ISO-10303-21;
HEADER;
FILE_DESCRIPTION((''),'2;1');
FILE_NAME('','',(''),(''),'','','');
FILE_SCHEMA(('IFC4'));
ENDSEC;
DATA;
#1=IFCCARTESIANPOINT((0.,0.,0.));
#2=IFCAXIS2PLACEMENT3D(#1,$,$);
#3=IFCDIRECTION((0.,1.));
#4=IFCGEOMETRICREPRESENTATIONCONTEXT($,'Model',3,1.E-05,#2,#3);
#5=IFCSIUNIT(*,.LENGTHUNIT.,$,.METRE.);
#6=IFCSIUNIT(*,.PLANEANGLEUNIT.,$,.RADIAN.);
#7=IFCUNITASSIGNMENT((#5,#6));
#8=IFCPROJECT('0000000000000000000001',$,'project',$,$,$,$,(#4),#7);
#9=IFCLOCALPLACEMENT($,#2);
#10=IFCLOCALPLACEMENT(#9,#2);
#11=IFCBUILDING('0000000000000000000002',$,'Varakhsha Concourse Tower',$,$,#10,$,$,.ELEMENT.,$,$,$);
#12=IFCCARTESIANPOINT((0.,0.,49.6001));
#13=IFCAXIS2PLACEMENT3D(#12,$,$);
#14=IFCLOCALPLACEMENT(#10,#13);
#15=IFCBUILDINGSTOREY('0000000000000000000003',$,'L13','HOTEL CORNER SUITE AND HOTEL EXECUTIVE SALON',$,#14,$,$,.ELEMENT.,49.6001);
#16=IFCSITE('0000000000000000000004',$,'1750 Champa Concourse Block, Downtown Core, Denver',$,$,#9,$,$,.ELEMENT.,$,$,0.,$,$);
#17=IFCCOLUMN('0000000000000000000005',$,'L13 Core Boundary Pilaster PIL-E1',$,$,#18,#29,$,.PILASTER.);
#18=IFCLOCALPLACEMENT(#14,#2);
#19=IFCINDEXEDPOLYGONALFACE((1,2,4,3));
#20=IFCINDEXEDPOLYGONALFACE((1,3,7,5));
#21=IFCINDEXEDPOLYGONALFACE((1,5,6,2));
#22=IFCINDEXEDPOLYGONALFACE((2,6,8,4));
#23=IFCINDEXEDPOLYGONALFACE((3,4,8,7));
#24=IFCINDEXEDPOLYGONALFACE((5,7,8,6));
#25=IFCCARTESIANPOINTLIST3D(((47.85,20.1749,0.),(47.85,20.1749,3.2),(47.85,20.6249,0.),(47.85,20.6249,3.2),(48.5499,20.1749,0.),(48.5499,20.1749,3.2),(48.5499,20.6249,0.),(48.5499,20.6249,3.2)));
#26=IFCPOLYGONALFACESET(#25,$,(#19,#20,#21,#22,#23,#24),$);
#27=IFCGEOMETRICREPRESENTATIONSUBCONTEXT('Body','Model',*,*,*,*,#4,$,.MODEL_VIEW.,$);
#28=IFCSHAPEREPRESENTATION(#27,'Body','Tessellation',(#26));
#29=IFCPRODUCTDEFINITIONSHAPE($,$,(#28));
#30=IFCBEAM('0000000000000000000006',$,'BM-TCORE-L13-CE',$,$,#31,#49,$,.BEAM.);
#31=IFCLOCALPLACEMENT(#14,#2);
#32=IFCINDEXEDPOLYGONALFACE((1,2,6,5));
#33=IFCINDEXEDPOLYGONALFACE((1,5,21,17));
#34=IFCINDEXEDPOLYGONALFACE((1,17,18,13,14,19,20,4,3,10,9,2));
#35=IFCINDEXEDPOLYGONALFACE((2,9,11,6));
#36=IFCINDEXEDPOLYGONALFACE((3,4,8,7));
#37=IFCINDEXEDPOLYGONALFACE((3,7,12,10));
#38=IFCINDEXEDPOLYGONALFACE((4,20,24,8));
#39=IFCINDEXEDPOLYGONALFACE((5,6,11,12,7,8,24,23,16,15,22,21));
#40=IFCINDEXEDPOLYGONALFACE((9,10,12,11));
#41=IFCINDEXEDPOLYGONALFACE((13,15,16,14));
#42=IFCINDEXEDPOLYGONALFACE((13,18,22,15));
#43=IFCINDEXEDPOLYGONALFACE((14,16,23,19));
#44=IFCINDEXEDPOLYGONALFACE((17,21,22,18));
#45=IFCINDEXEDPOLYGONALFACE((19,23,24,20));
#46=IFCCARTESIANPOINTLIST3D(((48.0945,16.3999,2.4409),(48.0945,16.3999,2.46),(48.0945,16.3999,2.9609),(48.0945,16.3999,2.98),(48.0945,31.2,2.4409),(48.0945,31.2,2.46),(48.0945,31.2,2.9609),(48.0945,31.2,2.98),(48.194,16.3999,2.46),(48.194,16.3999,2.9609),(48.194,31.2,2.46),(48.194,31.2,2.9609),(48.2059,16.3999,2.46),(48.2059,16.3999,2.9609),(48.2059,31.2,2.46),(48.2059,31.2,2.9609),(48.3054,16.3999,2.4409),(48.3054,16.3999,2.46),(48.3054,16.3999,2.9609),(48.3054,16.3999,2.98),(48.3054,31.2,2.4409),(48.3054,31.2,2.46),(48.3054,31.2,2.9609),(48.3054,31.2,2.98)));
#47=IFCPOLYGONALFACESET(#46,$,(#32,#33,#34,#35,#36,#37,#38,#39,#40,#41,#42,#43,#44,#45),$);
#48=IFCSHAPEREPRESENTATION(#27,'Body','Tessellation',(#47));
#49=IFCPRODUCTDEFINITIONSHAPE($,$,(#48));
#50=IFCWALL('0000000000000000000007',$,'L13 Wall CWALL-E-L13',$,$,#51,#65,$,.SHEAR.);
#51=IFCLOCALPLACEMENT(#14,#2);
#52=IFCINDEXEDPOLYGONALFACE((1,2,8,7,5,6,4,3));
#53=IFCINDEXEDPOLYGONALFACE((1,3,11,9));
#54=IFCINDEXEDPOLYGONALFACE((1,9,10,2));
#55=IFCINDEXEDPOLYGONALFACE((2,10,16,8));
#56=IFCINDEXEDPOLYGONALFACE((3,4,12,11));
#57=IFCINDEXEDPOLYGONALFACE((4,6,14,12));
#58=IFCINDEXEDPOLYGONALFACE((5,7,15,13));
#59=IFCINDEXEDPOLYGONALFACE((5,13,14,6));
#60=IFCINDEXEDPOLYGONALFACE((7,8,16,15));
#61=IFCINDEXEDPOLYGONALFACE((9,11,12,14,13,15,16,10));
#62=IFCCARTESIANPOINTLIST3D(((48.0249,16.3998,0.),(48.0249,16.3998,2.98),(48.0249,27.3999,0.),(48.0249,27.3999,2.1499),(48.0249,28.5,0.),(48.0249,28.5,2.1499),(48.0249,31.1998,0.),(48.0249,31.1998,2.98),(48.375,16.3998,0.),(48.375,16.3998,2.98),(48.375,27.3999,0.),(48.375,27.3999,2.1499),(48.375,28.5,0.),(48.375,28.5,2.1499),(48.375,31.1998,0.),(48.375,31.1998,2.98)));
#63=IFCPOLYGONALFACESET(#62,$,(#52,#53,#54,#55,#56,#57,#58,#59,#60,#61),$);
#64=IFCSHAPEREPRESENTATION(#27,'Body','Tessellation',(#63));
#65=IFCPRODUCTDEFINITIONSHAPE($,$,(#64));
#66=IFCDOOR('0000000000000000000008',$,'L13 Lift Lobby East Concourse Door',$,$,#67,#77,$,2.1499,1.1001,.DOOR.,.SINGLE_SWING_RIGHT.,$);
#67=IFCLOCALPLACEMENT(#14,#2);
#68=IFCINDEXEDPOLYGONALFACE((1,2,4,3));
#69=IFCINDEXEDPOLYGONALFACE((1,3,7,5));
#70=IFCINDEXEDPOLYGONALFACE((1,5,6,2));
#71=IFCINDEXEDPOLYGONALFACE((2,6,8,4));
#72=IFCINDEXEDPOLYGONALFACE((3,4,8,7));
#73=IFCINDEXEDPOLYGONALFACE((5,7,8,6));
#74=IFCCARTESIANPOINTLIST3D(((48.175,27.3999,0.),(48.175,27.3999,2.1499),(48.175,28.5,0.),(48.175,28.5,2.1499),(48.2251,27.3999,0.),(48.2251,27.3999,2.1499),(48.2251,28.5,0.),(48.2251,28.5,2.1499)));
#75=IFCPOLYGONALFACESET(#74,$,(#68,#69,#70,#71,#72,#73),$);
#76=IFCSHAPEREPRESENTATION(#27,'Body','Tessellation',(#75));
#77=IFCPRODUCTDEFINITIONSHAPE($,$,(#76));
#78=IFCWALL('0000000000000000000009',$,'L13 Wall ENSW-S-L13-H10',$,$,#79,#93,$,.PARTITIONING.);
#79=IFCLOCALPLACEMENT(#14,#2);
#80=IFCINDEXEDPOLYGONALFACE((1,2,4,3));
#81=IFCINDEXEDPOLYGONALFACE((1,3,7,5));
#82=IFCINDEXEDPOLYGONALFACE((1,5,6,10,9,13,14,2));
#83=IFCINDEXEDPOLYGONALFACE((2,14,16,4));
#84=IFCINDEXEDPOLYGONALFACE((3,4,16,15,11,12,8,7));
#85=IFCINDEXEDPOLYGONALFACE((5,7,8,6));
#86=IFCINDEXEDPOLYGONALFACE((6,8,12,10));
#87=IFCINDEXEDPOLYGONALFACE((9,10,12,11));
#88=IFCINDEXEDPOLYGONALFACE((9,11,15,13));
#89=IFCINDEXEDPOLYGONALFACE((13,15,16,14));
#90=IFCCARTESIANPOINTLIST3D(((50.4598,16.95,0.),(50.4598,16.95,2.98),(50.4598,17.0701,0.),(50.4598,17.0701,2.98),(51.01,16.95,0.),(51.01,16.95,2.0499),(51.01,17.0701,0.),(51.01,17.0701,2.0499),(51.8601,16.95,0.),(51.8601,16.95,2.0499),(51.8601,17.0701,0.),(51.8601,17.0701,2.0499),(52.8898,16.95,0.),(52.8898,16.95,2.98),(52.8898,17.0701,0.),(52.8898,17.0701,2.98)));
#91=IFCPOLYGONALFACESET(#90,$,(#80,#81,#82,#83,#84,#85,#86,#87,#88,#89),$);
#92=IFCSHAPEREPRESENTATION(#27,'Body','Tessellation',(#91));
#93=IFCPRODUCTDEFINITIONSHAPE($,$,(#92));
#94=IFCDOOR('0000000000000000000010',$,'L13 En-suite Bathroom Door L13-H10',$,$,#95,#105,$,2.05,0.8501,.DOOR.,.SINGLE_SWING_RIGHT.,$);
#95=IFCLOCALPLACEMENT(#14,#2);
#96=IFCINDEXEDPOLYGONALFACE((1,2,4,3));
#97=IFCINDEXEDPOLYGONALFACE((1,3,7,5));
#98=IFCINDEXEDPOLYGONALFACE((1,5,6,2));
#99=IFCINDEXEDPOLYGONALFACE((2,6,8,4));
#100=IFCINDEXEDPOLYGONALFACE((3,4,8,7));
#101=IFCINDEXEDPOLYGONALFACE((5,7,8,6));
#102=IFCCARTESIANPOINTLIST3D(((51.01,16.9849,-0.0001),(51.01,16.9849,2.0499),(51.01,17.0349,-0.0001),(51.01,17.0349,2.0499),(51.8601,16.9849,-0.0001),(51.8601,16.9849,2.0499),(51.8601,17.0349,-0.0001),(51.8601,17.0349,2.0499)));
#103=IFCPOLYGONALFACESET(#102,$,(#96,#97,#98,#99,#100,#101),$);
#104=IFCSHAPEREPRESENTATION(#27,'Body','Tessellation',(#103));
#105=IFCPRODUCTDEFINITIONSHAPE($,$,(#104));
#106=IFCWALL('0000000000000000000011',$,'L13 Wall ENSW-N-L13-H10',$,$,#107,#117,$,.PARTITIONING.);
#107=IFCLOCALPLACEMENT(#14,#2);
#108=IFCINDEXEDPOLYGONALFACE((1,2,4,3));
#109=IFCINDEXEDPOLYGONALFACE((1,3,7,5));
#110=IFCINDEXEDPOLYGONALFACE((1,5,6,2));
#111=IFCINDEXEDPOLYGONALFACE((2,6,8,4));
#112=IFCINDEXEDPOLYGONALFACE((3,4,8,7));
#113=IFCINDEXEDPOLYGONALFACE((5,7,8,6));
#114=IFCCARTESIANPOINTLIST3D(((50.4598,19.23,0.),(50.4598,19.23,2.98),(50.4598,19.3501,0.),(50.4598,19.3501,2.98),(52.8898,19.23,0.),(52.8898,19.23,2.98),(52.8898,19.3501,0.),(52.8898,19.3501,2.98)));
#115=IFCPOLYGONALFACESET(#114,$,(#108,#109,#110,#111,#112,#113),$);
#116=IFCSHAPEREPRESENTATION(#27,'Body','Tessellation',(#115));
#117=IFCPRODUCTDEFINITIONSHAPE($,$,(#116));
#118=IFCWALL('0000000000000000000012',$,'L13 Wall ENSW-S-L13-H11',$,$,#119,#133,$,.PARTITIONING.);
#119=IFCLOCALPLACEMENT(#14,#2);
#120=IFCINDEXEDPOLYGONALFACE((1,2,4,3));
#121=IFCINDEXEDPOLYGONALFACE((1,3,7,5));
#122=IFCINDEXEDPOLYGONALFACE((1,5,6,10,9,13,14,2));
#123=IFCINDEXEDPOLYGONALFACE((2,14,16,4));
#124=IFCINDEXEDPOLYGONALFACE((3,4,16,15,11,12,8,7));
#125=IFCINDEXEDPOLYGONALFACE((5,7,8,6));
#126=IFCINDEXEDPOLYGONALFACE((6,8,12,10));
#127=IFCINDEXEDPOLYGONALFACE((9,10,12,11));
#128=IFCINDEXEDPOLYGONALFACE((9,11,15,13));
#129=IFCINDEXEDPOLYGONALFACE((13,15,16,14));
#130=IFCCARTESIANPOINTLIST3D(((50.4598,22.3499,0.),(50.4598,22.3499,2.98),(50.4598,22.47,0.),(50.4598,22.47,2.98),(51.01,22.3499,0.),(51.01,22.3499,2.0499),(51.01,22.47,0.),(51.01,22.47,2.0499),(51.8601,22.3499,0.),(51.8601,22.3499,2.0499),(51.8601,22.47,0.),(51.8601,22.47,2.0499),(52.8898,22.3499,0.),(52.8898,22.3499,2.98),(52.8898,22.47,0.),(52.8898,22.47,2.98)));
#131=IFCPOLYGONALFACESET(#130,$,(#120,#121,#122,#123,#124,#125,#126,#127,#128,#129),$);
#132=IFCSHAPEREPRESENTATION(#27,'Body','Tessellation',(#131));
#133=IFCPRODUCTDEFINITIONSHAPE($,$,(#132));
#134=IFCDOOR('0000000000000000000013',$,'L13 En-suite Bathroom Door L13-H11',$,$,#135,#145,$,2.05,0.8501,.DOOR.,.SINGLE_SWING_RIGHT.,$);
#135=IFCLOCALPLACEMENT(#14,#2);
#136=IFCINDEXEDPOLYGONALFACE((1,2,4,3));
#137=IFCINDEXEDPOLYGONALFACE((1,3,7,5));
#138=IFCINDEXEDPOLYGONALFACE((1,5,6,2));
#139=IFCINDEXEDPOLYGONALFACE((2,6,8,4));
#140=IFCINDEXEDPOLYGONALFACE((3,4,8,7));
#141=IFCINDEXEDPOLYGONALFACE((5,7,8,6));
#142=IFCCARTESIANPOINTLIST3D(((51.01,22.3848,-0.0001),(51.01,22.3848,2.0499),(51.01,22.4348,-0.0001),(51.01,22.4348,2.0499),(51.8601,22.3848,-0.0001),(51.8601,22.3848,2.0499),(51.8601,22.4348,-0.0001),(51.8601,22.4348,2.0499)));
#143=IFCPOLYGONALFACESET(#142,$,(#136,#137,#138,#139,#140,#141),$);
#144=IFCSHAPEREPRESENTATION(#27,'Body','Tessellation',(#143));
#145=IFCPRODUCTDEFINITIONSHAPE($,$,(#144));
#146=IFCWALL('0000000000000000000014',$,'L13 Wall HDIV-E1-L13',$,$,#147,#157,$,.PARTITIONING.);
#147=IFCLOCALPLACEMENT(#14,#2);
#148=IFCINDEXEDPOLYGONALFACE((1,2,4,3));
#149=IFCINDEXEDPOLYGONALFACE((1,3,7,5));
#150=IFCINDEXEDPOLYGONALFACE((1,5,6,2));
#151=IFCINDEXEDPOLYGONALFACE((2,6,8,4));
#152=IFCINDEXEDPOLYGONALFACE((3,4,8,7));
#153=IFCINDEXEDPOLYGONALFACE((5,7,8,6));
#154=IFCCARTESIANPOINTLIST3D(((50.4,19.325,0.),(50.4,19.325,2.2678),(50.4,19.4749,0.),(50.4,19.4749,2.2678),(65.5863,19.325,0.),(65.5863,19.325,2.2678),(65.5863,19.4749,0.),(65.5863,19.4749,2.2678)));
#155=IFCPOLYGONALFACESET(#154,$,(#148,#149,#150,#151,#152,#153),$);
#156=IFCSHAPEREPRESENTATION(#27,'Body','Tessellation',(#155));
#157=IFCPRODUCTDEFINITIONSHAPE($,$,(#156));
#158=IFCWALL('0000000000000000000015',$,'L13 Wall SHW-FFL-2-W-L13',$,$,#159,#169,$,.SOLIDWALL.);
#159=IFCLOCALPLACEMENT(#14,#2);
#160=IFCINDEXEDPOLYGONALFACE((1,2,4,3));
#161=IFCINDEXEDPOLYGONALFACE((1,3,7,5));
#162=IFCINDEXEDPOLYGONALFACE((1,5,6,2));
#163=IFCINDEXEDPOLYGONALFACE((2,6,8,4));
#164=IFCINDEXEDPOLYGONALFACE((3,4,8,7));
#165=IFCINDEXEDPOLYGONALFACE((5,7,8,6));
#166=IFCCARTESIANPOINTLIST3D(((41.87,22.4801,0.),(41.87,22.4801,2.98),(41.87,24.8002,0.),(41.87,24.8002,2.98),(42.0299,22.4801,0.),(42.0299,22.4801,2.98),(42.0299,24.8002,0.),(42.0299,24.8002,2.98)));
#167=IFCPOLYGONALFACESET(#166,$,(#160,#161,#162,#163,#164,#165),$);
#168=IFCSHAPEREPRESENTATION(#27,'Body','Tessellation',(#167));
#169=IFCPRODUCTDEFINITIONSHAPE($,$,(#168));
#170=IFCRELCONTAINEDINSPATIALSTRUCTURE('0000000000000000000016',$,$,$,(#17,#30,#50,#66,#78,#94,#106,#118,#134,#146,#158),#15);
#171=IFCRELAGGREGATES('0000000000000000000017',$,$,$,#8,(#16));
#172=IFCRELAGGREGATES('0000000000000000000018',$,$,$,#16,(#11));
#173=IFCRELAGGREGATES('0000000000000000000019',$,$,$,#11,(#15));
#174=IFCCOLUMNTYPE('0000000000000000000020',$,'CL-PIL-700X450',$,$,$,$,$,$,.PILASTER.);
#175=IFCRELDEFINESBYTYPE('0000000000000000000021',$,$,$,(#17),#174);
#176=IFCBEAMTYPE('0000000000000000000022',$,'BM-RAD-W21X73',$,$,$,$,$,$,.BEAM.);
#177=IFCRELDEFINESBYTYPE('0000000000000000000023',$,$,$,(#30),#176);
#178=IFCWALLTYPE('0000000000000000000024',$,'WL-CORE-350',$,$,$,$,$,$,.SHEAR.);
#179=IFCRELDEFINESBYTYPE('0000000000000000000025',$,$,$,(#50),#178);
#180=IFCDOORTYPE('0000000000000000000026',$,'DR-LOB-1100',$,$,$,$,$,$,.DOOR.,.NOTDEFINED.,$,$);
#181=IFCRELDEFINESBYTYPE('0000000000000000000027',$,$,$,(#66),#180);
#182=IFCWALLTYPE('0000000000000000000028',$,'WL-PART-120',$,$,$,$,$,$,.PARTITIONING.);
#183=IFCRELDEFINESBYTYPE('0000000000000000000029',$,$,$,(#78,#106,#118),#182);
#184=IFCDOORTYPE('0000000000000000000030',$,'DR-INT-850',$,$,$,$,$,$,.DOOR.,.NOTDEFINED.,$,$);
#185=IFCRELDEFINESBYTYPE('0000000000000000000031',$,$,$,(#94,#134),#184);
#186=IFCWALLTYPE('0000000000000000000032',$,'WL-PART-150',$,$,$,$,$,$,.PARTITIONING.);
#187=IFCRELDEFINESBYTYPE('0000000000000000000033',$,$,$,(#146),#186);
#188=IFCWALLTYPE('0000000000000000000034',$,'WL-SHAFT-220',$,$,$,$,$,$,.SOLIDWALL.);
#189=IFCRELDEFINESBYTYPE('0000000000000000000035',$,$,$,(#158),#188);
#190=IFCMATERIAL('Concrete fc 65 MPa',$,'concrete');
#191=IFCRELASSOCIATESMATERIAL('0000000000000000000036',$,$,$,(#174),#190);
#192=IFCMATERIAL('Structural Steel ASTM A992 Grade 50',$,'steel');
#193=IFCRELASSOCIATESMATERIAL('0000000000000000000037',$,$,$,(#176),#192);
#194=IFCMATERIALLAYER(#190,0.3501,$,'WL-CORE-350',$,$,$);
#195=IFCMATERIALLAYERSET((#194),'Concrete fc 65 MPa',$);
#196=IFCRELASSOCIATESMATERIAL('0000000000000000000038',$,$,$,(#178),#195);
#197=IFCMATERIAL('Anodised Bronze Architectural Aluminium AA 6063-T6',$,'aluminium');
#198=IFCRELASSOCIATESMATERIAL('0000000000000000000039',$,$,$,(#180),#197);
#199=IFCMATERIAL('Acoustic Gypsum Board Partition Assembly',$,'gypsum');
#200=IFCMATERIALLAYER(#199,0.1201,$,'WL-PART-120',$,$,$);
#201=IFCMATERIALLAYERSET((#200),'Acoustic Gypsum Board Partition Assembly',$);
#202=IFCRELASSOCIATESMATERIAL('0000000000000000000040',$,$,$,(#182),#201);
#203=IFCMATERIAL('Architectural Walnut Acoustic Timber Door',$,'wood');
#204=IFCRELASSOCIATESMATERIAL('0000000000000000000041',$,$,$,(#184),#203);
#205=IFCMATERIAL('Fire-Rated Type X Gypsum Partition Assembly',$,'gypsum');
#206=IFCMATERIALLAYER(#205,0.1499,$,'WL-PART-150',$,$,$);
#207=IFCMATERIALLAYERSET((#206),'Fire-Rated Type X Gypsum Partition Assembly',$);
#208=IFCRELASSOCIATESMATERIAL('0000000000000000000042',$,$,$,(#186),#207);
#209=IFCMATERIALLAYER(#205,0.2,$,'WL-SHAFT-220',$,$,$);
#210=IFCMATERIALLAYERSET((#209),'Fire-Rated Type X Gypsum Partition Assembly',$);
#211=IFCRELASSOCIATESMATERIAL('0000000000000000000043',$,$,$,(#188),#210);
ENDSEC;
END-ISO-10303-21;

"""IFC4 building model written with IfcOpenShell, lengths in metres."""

from ifc_helpers import new_model, si_unit, direction, frame, frame_2d, origin, origin_2d, place, context, subcontext, project, spatial, rectangle, i_section, extrude, material, layer, layer_set, material_profile, profile_set, type_object, element, fill, save


model = new_model("IFC4")

# Units and contexts
model_context = context("Model", 3, precision=1e-05, world=origin(), true_north=direction((0.0, 1.0)))
body_context = subcontext(model_context, "Body", "Model", "MODEL_VIEW")
ifc_project = project(units=[si_unit("LENGTHUNIT", "METRE"), si_unit("PLANEANGLEUNIT", "RADIAN")], contexts=[model_context])

# Site, building, storey
site_placement = place(None, origin())
site = spatial("IfcSite", under=ifc_project, at=site_placement, Name="1750 Champa Concourse Block, Downtown Core, Denver", CompositionType="ELEMENT", RefElevation=0.0)
building_placement = place(site_placement, origin())
building = spatial("IfcBuilding", under=site, at=building_placement, Name="Varakhsha Concourse Tower", CompositionType="ELEMENT")
storey_placement = place(building_placement, frame((0.0, 0.0, 49.6001)))
storey = spatial("IfcBuildingStorey", under=building, at=storey_placement, Name="L13", Description="HOTEL CORNER SUITE AND HOTEL EXECUTIVE SALON", CompositionType="ELEMENT", Elevation=49.6001)

# Column
ifc_material_1 = material(Name="Concrete fc 65 MPa", Category="concrete")
ifc_material_profile_1 = material_profile(ifc_material_1, rectangle(XDim=0.7, YDim=0.45, at=origin_2d()), Name="RC 700x450")
ifc_profile_set_1 = profile_set([ifc_material_profile_1], Name="Concrete fc 65 MPa")
column_type = type_object("IfcColumnType", Name="CL-PIL-700X450", PredefinedType="PILASTER", material=ifc_profile_set_1)
column_placement = place(storey_placement, frame((48.2, 20.3999, 0.0), z_axis=(0.0, 0.0, 1.0), x_axis=(1.0, 0.0, 0.0)))
element("IfcColumn", 1, at=column_placement, inside=storey, type_object=column_type, Name="L13 Core Boundary Pilaster PIL-E1", PredefinedType="PILASTER", context=body_context, shape_type="SweptSolid", body=[
    extrude(rectangle(XDim=0.7, YDim=0.45, at=origin_2d()), origin(), (0.0, 0.0, 1.0), 3.2),
])

# Beam
ifc_material_2 = material(Name="Structural Steel ASTM A992 Grade 50", Category="steel")
ifc_material_profile_2 = material_profile(ifc_material_2, i_section(OverallWidth=0.2109, OverallDepth=0.5391, WebThickness=0.012, FlangeThickness=0.019, at=origin_2d()), Name="W21X73")
ifc_profile_set_2 = profile_set([ifc_material_profile_2], Name="Structural Steel ASTM A992 Grade 50")
beam_type = type_object("IfcBeamType", Name="BM-RAD-W21X73", PredefinedType="BEAM", material=ifc_profile_set_2)
beam_placement = place(storey_placement, frame((48.2, 16.3999, 2.7104), z_axis=(0.0, 1.0, 0.0), x_axis=(-1.0, 0.0, 0.0)))
element("IfcBeam", 2, at=beam_placement, inside=storey, type_object=beam_type, Name="BM-TCORE-L13-CE", PredefinedType="BEAM", context=body_context, shape_type="SweptSolid", body=[
    extrude(i_section(OverallWidth=0.2109, OverallDepth=0.5391, WebThickness=0.012, FlangeThickness=0.019, at=origin_2d()), origin(), (0.0, 0.0, 1.0), 14.8),
])

# Walls, openings, doors
ifc_layer_1 = layer(ifc_material_1, 0.3501, Name="WL-CORE-350")
ifc_layer_set_1 = layer_set([ifc_layer_1], Name="Concrete fc 65 MPa")
wall_type_1 = type_object("IfcWallType", Name="WL-CORE-350", PredefinedType="SHEAR", material=ifc_layer_set_1)
wall_1_placement = place(storey_placement, frame((48.2, 16.3999, 0.0), z_axis=(0.0, 0.0, 1.0), x_axis=(0.0, 1.0, 0.0)))
wall_1 = element("IfcWall", 3, at=wall_1_placement, inside=storey, type_object=wall_type_1, Name="L13 Wall CWALL-E-L13", PredefinedType="SHEAR", context=body_context, shape_type="SweptSolid", body=[
    extrude(rectangle(XDim=14.8, YDim=0.3501, at=frame_2d((7.3999, 0.0))), origin(), (0.0, 0.0, 1.0), 2.98),
])
opening_1_placement = place(wall_1_placement, frame((11.0, 0.0, 0.0)))
opening_1 = element("IfcOpeningElement", 4, at=opening_1_placement, cuts=wall_1, PredefinedType="OPENING", context=body_context, shape_type="SweptSolid", body=[
    extrude(rectangle(XDim=1.1001, YDim=2.1499, at=frame_2d((0.55, 1.075))), frame((0.0, 0.1851, 0.0), z_axis=(0.0, -1.0, 0.0), x_axis=(1.0, 0.0, 0.0)), (0.0, 0.0, 1.0), 0.3701),
])
ifc_material_3 = material(Name="Anodised Bronze Architectural Aluminium AA 6063-T6", Category="aluminium")
door_type_1 = type_object("IfcDoorType", Name="DR-LOB-1100", OperationType="NOTDEFINED", PredefinedType="DOOR", material=ifc_material_3)
door_1_placement = place(opening_1_placement, origin())
door_1 = element("IfcDoor", 5, at=door_1_placement, inside=storey, type_object=door_type_1, Name="L13 Lift Lobby East Concourse Door", OperationType="SINGLE_SWING_RIGHT", OverallHeight=2.1499, OverallWidth=1.1001, PredefinedType="DOOR", context=body_context, shape_type="SweptSolid", body=[
    extrude(rectangle(XDim=1.1001, YDim=2.1499, at=frame_2d((0.55, 1.075))), frame((0.0, 0.0249, 0.0), z_axis=(0.0, -1.0, 0.0), x_axis=(1.0, 0.0, 0.0)), (0.0, 0.0, 1.0), 0.05),
])
fill(opening_1, door_1)
ifc_material_4 = material(Name="Acoustic Gypsum Board Partition Assembly", Category="gypsum")
ifc_layer_2 = layer(ifc_material_4, 0.1201, Name="WL-PART-120")
ifc_layer_set_2 = layer_set([ifc_layer_2], Name="Acoustic Gypsum Board Partition Assembly")
wall_type_2 = type_object("IfcWallType", Name="WL-PART-120", PredefinedType="PARTITIONING", material=ifc_layer_set_2)
wall_2_placement = place(storey_placement, frame((50.46, 17.01, 0.0), z_axis=(0.0, 0.0, 1.0), x_axis=(1.0, 0.0, 0.0)))
wall_2 = element("IfcWall", 6, at=wall_2_placement, inside=storey, type_object=wall_type_2, Name="L13 Wall ENSW-S-L13-H10", PredefinedType="PARTITIONING", context=body_context, shape_type="SweptSolid", body=[
    extrude(rectangle(XDim=2.4299, YDim=0.1201, at=frame_2d((1.2148, 0.0))), origin(), (0.0, 0.0, 1.0), 2.98),
])
opening_2_placement = place(wall_2_placement, frame((0.55, 0.0, 0.0)))
opening_2 = element("IfcOpeningElement", 7, at=opening_2_placement, cuts=wall_2, PredefinedType="OPENING", context=body_context, shape_type="SweptSolid", body=[
    extrude(rectangle(XDim=0.8501, YDim=2.05, at=frame_2d((0.425, 1.0249))), frame((0.0, 0.0701, 0.0), z_axis=(0.0, -1.0, 0.0), x_axis=(1.0, 0.0, 0.0)), (0.0, 0.0, 1.0), 0.1401),
])
ifc_material_5 = material(Name="Architectural Walnut Acoustic Timber Door", Category="wood")
door_type_2 = type_object("IfcDoorType", Name="DR-INT-850", OperationType="NOTDEFINED", PredefinedType="DOOR", material=ifc_material_5)
door_2_placement = place(opening_2_placement, origin())
door_2 = element("IfcDoor", 8, at=door_2_placement, inside=storey, type_object=door_type_2, Name="L13 En-suite Bathroom Door L13-H10", OperationType="SINGLE_SWING_RIGHT", OverallHeight=2.05, OverallWidth=0.8501, PredefinedType="DOOR", context=body_context, shape_type="SweptSolid", body=[
    extrude(rectangle(XDim=0.8501, YDim=2.05, at=frame_2d((0.425, 1.0249))), frame((0.0, 0.0249, 0.0), z_axis=(0.0, -1.0, 0.0), x_axis=(1.0, 0.0, 0.0)), (0.0, 0.0, 1.0), 0.05),
])
fill(opening_2, door_2)

# Wall
wall_3_placement = place(storey_placement, frame((50.46, 19.29, 0.0), z_axis=(0.0, 0.0, 1.0), x_axis=(1.0, 0.0, 0.0)))
element("IfcWall", 9, at=wall_3_placement, inside=storey, type_object=wall_type_2, Name="L13 Wall ENSW-N-L13-H10", PredefinedType="PARTITIONING", context=body_context, shape_type="SweptSolid", body=[
    extrude(rectangle(XDim=2.4299, YDim=0.1201, at=frame_2d((1.2148, 0.0))), origin(), (0.0, 0.0, 1.0), 2.98),
])

# Wall, opening, door
wall_4_placement = place(storey_placement, frame((50.46, 22.4099, 0.0), z_axis=(0.0, 0.0, 1.0), x_axis=(1.0, 0.0, 0.0)))
wall_4 = element("IfcWall", 10, at=wall_4_placement, inside=storey, type_object=wall_type_2, Name="L13 Wall ENSW-S-L13-H11", PredefinedType="PARTITIONING", context=body_context, shape_type="SweptSolid", body=[
    extrude(rectangle(XDim=2.4299, YDim=0.1201, at=frame_2d((1.2148, 0.0))), origin(), (0.0, 0.0, 1.0), 2.98),
])
opening_3_placement = place(wall_4_placement, frame((0.55, 0.0, 0.0)))
opening_3 = element("IfcOpeningElement", 11, at=opening_3_placement, cuts=wall_4, PredefinedType="OPENING", context=body_context, shape_type="SweptSolid", body=[
    extrude(rectangle(XDim=0.8501, YDim=2.05, at=frame_2d((0.425, 1.0249))), frame((0.0, 0.0701, 0.0), z_axis=(0.0, -1.0, 0.0), x_axis=(1.0, 0.0, 0.0)), (0.0, 0.0, 1.0), 0.1401),
])
door_3_placement = place(opening_3_placement, origin())
door_3 = element("IfcDoor", 12, at=door_3_placement, inside=storey, type_object=door_type_2, Name="L13 En-suite Bathroom Door L13-H11", OperationType="SINGLE_SWING_RIGHT", OverallHeight=2.05, OverallWidth=0.8501, PredefinedType="DOOR", context=body_context, shape_type="SweptSolid", body=[
    extrude(rectangle(XDim=0.8501, YDim=2.05, at=frame_2d((0.425, 1.0249))), frame((0.0, 0.0249, 0.0), z_axis=(0.0, -1.0, 0.0), x_axis=(1.0, 0.0, 0.0)), (0.0, 0.0, 1.0), 0.05),
])
fill(opening_3, door_3)

# Walls
ifc_material_6 = material(Name="Fire-Rated Type X Gypsum Partition Assembly", Category="gypsum")
ifc_layer_3 = layer(ifc_material_6, 0.1499, Name="WL-PART-150")
ifc_layer_set_3 = layer_set([ifc_layer_3], Name="Fire-Rated Type X Gypsum Partition Assembly")
wall_type_3 = type_object("IfcWallType", Name="WL-PART-150", PredefinedType="PARTITIONING", material=ifc_layer_set_3)
wall_5_placement = place(storey_placement, frame((50.3999, 19.3999, 0.0), z_axis=(0.0, 0.0, 1.0), x_axis=(1.0, 0.0, 0.0)))
element("IfcWall", 13, at=wall_5_placement, inside=storey, type_object=wall_type_3, Name="L13 Wall HDIV-E1-L13", PredefinedType="PARTITIONING", context=body_context, shape_type="SweptSolid", body=[
    extrude(rectangle(XDim=15.1863, YDim=0.1499, at=frame_2d((7.5933, 0.0))), origin(), (0.0, 0.0, 1.0), 2.2678),
])
ifc_layer_4 = layer(ifc_material_6, 0.2, Name="WL-SHAFT-220")
ifc_layer_set_4 = layer_set([ifc_layer_4], Name="Fire-Rated Type X Gypsum Partition Assembly")
wall_type_4 = type_object("IfcWallType", Name="WL-SHAFT-220", PredefinedType="SOLIDWALL", material=ifc_layer_set_4)
for number, where, z_axis, x_axis, name in (
    (14, (41.95, 22.48, 0.0), (0.0, 0.0, 1.0), (0.0, 1.0, 0.0), "L13 Wall SHW-FFL-2-W-L13"),
):
    element("IfcWall", number, at=place(storey_placement, frame(where, z_axis=z_axis, x_axis=x_axis)), inside=storey, type_object=wall_type_4, Name=name, PredefinedType="SOLIDWALL", context=body_context, shape_type="SweptSolid", body=[
        extrude(rectangle(XDim=2.3201, YDim=0.1599, at=frame_2d((1.1602, 0.0))), origin(), (0.0, 0.0, 1.0), 2.98),
    ])

save(model, "model.ifc")
